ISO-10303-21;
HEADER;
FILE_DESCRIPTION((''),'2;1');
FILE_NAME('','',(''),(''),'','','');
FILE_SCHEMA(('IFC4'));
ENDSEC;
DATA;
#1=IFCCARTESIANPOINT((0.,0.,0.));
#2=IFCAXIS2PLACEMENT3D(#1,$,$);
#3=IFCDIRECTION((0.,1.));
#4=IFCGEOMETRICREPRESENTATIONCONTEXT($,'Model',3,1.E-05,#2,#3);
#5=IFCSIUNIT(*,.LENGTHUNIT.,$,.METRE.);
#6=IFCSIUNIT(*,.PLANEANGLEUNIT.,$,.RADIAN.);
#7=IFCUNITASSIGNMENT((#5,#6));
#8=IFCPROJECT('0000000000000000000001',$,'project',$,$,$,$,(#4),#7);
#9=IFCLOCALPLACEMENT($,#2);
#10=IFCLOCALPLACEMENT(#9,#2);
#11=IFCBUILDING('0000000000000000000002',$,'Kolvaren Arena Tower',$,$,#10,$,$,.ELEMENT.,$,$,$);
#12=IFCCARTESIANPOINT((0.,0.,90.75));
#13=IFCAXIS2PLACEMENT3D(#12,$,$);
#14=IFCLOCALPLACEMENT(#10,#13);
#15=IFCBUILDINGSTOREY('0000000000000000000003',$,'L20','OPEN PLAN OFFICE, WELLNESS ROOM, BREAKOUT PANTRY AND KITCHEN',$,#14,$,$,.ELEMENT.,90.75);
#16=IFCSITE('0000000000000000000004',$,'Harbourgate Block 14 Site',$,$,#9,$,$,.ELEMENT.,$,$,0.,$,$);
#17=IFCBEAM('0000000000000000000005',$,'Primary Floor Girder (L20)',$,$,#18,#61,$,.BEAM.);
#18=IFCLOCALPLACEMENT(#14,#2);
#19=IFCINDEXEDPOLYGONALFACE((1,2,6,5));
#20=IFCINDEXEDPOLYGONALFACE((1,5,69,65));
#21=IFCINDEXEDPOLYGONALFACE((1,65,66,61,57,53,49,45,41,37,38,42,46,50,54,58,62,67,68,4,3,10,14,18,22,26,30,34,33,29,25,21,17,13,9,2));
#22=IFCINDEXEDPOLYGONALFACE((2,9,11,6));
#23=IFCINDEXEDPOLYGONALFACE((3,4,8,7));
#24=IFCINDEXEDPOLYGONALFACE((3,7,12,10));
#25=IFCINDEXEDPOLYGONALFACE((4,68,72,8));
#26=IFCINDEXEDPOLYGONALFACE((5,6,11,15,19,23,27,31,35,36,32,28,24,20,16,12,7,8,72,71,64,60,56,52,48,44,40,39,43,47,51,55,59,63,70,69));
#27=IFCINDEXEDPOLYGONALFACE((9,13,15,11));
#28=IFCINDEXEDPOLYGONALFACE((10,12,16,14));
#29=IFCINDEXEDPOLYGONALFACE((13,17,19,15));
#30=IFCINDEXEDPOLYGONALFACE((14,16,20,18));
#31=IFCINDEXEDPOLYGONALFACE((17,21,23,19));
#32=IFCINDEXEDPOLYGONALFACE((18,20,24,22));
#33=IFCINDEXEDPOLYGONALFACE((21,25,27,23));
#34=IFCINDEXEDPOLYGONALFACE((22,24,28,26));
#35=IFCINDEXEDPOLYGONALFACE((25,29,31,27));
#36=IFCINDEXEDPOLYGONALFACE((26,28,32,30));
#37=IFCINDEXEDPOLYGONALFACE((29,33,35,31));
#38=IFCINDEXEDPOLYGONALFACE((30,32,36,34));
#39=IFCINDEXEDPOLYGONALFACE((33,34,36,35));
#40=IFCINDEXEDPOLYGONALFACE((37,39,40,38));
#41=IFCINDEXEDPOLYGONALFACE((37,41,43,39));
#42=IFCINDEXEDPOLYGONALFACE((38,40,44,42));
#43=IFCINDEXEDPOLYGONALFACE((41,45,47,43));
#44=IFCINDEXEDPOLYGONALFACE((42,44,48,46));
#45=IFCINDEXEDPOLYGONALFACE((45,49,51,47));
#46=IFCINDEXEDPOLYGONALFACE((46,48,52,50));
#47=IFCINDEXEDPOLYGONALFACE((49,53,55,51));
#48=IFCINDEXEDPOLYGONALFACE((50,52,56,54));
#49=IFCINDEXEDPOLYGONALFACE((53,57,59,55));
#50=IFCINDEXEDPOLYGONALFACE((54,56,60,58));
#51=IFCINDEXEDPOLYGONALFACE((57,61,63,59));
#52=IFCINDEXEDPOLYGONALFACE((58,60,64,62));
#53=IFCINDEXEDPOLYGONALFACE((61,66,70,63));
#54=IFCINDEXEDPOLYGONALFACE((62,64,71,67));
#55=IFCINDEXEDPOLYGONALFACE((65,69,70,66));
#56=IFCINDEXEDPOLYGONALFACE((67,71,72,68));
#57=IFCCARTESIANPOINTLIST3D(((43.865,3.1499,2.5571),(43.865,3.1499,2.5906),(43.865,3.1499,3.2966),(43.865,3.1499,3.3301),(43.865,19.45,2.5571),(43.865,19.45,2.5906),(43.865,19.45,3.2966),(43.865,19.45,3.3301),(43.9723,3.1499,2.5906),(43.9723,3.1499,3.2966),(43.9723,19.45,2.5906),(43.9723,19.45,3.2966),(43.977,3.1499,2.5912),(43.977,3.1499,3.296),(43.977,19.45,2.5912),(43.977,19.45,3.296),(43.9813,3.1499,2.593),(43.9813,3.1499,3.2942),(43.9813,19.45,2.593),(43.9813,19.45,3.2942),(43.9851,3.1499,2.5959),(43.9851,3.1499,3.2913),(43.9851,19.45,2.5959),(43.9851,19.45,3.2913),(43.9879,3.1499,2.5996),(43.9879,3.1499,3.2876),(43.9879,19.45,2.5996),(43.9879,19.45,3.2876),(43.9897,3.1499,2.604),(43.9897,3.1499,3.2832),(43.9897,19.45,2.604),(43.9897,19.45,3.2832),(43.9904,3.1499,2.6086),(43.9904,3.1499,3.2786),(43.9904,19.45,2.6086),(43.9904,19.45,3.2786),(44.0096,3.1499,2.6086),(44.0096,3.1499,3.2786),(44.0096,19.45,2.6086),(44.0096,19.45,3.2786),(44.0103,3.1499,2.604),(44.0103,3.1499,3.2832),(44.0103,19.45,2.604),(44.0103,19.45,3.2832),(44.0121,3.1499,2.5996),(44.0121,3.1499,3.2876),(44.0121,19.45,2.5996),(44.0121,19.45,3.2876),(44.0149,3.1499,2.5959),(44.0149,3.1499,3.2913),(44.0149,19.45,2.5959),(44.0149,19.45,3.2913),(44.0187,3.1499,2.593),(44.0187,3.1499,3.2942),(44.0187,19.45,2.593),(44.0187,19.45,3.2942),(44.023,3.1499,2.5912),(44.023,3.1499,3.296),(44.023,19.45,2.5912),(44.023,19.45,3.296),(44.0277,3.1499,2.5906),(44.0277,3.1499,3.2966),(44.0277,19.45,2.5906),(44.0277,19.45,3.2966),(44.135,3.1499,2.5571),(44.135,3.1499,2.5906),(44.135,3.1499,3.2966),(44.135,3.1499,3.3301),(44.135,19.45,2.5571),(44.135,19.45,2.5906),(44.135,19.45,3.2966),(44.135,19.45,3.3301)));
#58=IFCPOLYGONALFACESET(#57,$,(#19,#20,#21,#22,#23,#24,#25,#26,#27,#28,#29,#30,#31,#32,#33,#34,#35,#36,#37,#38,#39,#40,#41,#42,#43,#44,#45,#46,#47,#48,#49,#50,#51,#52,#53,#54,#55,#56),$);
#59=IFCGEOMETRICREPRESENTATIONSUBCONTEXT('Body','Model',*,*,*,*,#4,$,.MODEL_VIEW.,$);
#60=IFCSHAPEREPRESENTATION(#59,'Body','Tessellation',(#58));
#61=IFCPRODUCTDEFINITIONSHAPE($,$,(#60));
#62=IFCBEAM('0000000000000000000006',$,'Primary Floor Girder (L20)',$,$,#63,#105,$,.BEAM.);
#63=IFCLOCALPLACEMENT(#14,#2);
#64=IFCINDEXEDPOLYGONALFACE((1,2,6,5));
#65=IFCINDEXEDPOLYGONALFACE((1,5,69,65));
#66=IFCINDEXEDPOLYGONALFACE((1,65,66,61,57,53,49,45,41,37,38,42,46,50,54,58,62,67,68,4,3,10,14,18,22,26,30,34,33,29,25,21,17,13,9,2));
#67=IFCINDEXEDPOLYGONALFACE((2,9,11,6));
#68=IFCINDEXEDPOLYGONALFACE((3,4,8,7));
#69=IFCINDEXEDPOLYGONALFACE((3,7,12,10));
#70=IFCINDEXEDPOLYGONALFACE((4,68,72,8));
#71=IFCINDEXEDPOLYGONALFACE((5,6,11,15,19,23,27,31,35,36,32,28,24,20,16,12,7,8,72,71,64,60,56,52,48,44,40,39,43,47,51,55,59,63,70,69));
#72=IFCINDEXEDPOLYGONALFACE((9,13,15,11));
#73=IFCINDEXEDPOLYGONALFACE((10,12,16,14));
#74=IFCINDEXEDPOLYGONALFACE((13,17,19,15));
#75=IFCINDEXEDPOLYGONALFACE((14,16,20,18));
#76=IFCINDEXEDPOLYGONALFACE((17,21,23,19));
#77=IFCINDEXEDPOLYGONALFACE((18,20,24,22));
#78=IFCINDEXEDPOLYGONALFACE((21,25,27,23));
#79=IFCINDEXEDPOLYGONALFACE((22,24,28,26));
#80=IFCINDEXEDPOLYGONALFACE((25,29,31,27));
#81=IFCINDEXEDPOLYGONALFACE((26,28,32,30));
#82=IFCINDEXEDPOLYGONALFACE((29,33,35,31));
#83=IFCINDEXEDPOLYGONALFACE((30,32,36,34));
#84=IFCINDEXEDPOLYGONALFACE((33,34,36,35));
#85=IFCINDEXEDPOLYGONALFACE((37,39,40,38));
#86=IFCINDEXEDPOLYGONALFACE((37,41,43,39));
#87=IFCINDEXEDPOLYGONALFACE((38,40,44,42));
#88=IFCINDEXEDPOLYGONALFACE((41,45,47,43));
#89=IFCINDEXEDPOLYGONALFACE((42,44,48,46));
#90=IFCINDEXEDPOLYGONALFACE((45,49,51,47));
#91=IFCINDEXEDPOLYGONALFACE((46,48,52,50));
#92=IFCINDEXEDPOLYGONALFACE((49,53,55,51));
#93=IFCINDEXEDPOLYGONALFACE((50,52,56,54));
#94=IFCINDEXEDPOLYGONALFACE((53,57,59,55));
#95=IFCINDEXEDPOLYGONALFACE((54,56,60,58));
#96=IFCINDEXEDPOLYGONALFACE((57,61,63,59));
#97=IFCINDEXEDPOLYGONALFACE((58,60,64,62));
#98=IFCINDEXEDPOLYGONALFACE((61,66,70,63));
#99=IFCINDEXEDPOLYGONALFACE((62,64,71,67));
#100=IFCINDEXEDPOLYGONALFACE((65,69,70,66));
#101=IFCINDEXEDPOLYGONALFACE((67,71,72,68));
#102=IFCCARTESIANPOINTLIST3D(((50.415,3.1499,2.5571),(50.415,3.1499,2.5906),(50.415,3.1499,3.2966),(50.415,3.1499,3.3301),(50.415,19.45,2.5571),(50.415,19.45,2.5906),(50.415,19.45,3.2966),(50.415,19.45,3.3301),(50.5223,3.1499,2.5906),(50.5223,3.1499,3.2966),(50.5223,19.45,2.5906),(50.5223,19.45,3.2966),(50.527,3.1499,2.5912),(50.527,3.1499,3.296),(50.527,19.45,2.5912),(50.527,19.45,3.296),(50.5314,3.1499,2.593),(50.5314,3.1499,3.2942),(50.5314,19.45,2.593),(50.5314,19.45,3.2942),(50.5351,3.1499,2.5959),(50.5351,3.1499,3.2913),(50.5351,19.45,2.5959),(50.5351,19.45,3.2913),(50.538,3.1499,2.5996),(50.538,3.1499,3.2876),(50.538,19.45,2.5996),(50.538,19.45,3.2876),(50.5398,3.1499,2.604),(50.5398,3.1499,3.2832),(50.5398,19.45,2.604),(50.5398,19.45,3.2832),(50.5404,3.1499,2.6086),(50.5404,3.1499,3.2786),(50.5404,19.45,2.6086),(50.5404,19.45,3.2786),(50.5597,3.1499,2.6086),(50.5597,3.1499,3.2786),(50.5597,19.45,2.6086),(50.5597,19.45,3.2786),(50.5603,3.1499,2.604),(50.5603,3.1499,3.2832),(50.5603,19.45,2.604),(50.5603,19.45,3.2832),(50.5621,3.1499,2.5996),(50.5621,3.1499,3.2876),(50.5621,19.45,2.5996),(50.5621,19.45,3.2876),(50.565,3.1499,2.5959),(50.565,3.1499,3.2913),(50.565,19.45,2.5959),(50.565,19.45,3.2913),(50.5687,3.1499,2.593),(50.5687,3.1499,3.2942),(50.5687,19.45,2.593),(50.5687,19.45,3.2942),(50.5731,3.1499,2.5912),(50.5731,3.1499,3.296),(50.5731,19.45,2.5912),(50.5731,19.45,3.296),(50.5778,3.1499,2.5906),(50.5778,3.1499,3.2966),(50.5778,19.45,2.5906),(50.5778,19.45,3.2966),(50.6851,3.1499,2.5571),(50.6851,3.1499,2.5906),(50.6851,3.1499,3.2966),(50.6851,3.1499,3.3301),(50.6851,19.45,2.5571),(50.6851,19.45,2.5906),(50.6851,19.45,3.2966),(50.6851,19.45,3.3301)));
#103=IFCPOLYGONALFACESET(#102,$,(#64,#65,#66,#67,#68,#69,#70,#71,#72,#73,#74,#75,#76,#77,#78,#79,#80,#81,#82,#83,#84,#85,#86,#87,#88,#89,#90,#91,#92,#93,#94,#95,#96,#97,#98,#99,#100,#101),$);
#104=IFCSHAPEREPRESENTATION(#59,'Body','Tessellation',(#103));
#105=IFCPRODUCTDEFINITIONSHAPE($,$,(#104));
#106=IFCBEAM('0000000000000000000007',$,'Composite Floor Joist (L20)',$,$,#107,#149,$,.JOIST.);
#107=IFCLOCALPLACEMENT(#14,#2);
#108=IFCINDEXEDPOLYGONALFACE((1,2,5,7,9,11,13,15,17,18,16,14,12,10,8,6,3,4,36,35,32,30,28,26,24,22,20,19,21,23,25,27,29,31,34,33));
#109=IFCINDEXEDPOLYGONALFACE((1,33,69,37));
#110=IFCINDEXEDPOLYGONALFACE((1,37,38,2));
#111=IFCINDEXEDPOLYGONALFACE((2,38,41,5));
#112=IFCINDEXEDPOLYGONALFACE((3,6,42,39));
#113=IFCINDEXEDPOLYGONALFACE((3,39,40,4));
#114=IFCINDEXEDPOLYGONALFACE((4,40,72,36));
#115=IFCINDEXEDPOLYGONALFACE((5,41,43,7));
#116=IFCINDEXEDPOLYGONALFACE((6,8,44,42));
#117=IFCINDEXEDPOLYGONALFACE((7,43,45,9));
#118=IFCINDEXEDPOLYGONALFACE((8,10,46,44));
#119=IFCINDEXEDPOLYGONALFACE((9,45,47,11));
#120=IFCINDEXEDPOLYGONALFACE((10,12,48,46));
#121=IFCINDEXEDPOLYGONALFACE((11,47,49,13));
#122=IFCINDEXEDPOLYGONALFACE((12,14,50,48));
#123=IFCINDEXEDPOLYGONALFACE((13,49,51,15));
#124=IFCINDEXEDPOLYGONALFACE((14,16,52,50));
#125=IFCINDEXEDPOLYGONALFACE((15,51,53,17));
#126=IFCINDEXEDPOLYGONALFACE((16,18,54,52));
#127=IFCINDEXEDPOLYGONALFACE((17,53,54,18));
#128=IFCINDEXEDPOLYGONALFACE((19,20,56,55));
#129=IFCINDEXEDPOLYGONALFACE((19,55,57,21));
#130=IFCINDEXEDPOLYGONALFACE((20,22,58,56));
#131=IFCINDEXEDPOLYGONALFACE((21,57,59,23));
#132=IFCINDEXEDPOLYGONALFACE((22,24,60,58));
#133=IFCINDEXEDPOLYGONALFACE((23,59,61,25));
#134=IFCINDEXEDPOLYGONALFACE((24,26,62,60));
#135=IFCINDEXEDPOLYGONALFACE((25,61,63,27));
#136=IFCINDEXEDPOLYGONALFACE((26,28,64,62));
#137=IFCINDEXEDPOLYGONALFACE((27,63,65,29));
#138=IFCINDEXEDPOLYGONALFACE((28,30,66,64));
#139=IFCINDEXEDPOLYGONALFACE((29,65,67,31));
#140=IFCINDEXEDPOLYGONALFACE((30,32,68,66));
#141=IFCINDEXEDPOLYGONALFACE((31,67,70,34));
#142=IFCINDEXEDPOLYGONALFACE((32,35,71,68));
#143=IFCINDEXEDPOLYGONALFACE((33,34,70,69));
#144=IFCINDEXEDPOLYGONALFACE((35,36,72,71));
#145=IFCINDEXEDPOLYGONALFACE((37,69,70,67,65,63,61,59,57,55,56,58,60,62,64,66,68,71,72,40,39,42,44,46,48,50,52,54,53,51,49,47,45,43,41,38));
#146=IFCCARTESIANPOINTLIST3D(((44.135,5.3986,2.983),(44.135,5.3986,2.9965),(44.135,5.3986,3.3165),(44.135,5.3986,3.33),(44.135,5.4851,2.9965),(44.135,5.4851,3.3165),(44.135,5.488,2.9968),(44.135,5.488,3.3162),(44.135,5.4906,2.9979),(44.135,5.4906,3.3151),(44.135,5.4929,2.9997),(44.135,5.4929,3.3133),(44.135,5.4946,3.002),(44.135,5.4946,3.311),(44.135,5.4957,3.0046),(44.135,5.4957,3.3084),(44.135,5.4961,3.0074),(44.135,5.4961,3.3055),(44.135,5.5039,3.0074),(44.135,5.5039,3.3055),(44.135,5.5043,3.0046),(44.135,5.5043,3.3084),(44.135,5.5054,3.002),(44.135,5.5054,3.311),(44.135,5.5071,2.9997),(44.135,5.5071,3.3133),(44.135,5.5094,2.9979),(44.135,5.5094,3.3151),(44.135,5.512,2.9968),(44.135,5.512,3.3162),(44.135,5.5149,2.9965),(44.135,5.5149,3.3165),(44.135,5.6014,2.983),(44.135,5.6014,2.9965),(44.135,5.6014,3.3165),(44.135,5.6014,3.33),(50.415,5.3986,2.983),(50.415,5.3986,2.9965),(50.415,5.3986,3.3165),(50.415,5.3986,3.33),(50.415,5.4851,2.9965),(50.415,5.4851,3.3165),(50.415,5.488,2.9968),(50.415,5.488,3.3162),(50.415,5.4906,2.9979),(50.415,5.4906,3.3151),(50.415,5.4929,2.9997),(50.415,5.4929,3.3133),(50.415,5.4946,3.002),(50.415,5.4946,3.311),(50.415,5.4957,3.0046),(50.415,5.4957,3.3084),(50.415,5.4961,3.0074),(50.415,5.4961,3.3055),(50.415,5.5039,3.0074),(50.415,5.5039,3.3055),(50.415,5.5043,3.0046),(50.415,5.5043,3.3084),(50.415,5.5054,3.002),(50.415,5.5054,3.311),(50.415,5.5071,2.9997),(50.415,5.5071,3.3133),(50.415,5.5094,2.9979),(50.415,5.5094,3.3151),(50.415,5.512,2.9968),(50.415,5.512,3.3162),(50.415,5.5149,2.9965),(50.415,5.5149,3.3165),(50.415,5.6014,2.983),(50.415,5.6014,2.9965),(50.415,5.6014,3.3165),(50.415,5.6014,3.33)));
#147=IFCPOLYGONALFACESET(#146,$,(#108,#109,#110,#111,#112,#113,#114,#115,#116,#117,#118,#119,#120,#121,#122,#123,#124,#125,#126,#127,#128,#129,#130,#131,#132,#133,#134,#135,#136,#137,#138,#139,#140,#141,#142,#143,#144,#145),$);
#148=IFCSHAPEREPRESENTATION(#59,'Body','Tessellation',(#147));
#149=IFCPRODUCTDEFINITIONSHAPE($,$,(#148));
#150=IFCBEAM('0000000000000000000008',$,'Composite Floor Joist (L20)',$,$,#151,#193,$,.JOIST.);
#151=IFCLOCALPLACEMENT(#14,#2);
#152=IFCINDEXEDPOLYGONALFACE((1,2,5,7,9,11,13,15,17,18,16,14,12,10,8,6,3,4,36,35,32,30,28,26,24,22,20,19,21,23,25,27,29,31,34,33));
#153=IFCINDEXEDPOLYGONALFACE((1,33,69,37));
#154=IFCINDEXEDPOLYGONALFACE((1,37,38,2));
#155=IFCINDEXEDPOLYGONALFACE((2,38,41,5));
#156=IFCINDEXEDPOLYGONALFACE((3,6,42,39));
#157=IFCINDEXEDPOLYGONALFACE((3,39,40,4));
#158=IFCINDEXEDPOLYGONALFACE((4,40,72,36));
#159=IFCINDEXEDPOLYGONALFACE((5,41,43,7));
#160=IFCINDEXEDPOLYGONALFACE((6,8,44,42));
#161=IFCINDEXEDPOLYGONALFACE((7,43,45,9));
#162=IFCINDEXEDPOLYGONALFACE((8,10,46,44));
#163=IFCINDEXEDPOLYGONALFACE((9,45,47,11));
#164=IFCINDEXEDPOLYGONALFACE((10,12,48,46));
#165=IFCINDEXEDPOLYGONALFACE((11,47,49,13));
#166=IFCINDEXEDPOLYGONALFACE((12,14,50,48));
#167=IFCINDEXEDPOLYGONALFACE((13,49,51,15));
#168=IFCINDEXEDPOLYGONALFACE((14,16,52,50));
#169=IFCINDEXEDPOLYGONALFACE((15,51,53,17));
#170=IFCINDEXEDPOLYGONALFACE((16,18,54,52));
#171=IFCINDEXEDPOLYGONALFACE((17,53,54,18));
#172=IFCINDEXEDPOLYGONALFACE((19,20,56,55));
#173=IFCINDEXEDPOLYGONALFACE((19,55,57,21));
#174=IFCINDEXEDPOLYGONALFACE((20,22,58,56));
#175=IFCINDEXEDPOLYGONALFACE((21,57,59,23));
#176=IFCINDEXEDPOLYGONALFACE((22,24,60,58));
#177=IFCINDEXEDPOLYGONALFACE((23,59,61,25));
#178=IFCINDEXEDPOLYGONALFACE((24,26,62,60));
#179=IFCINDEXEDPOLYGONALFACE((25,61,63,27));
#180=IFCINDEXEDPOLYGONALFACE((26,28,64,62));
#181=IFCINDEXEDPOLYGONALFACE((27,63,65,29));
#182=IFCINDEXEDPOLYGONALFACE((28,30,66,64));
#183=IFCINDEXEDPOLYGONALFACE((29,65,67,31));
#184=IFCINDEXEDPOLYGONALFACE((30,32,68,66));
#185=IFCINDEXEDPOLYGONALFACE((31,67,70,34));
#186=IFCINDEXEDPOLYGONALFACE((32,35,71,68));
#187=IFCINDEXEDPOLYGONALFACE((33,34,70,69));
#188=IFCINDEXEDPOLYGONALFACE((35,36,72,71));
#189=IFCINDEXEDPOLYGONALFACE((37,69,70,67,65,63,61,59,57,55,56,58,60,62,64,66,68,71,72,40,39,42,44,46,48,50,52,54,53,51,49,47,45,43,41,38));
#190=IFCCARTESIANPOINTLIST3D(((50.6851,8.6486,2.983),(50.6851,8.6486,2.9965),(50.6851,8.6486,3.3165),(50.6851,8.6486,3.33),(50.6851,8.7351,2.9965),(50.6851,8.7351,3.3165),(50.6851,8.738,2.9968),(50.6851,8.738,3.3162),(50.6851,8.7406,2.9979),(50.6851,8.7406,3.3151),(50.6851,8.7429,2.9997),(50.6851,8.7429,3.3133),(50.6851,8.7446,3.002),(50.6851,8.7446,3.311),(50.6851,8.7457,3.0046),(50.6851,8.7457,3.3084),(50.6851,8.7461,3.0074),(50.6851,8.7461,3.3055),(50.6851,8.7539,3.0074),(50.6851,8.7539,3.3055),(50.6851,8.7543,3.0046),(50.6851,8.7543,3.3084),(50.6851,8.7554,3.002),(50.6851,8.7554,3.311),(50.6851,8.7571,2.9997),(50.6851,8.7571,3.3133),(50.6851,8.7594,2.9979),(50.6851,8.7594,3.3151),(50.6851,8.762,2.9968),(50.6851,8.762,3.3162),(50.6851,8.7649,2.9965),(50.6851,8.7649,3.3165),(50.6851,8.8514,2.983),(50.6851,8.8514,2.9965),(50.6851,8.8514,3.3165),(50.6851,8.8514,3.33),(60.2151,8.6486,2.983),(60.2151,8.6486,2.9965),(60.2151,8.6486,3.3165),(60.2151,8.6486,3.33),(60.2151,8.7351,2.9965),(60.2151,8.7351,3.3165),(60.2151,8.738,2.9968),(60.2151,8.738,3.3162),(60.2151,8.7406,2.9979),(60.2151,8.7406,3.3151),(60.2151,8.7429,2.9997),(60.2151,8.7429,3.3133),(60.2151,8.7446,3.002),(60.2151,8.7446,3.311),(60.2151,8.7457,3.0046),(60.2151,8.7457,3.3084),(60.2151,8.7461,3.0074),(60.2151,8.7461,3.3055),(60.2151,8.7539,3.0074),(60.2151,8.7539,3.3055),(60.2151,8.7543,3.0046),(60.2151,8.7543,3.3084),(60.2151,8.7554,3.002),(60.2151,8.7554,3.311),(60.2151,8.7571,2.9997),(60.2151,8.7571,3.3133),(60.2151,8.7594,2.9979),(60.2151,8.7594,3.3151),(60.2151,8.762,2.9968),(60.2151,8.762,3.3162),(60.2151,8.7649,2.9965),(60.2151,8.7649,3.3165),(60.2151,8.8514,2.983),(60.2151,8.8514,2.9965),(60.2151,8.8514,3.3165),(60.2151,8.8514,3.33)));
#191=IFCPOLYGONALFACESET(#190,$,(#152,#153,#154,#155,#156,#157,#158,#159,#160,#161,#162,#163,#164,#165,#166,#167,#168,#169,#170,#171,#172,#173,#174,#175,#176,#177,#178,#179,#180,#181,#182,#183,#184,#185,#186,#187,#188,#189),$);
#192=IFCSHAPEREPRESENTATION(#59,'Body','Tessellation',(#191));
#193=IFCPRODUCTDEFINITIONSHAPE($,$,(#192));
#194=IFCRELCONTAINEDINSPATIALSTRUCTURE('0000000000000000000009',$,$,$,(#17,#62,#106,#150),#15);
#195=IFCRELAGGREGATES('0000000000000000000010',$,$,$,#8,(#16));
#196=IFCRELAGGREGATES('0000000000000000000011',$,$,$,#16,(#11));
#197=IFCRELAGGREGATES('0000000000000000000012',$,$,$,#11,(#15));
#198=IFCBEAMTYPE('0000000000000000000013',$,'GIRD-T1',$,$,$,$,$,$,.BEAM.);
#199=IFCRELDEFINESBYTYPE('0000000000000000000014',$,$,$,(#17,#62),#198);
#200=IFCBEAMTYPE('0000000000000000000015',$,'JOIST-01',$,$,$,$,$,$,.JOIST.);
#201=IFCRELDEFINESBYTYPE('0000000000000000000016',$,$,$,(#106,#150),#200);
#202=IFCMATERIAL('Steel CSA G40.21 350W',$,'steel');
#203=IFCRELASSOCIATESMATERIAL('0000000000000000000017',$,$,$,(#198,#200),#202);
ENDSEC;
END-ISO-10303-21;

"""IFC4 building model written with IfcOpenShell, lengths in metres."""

from ifc_helpers import new_model, si_unit, direction, frame, origin, origin_2d, place, context, subcontext, project, spatial, i_section, extrude, material, material_profile, profile_set, type_object, element, save


model = new_model("IFC4")

# Units and contexts
model_context = context("Model", 3, precision=1e-05, world=origin(), true_north=direction((0.0, 1.0)))
body_context = subcontext(model_context, "Body", "Model", "MODEL_VIEW")
ifc_project = project(units=[si_unit("LENGTHUNIT", "METRE"), si_unit("PLANEANGLEUNIT", "RADIAN")], contexts=[model_context])

# Site, building, storey
site_placement = place(None, origin())
site = spatial("IfcSite", under=ifc_project, at=site_placement, Name="Harbourgate Block 14 Site", CompositionType="ELEMENT", RefElevation=0.0)
building_placement = place(site_placement, origin())
building = spatial("IfcBuilding", under=site, at=building_placement, Name="Kolvaren Arena Tower", CompositionType="ELEMENT")
storey_placement = place(building_placement, frame((0.0, 0.0, 90.75)))
storey = spatial("IfcBuildingStorey", under=building, at=storey_placement, Name="L20", Description="OPEN PLAN OFFICE, WELLNESS ROOM, BREAKOUT PANTRY AND KITCHEN", CompositionType="ELEMENT", Elevation=90.75)

# Beams
ifc_material_1 = material(Name="Steel CSA G40.21 350W", Category="steel")
ifc_material_profile_1 = material_profile(ifc_material_1, i_section(OverallWidth=0.27, OverallDepth=0.7729, WebThickness=0.0193, FlangeThickness=0.0334, FilletRadius=0.0181, at=origin_2d()), Name="W760x257")
ifc_profile_set_1 = profile_set([ifc_material_profile_1], Name="Steel CSA G40.21 350W")
beam_type_1 = type_object("IfcBeamType", Name="GIRD-T1", PredefinedType="BEAM", material=ifc_profile_set_1)
for number, where, z_axis, x_axis, name in (
    (1, (44.0, 3.1499, 2.9436), (0.0, 1.0, 0.0), (-1.0, 0.0, 0.0), "Primary Floor Girder (L20)"),
    (2, (50.55, 3.1499, 2.9436), (0.0, 1.0, 0.0), (-1.0, 0.0, 0.0), "Primary Floor Girder (L20)"),
):
    element("IfcBeam", number, at=place(storey_placement, frame(where, z_axis=z_axis, x_axis=x_axis)), inside=storey, type_object=beam_type_1, Name=name, PredefinedType="BEAM", context=body_context, shape_type="SweptSolid", body=[
        extrude(i_section(OverallWidth=0.27, OverallDepth=0.7729, WebThickness=0.0193, FlangeThickness=0.0334, FilletRadius=0.0181, at=origin_2d()), origin(), (0.0, 0.0, 1.0), 16.3),
    ])
ifc_material_profile_2 = material_profile(ifc_material_1, i_section(OverallWidth=0.2029, OverallDepth=0.3469, WebThickness=0.0078, FlangeThickness=0.0134, FilletRadius=0.011, at=origin_2d()), Name="W360x64")
ifc_profile_set_2 = profile_set([ifc_material_profile_2], Name="Steel CSA G40.21 350W")
beam_type_2 = type_object("IfcBeamType", Name="JOIST-01", PredefinedType="JOIST", material=ifc_profile_set_2)
beam_1_placement = place(storey_placement, frame((44.135, 5.5, 3.1565), z_axis=(1.0, 0.0, 0.0), x_axis=(0.0, 1.0, 0.0)))
element("IfcBeam", 3, at=beam_1_placement, inside=storey, type_object=beam_type_2, Name="Composite Floor Joist (L20)", PredefinedType="JOIST", context=body_context, shape_type="SweptSolid", body=[
    extrude(i_section(OverallWidth=0.2029, OverallDepth=0.3469, WebThickness=0.0078, FlangeThickness=0.0134, FilletRadius=0.011, at=origin_2d()), origin(), (0.0, 0.0, 1.0), 6.28),
])
beam_2_placement = place(storey_placement, frame((50.6851, 8.75, 3.1565), z_axis=(1.0, 0.0, 0.0), x_axis=(0.0, 1.0, 0.0)))
element("IfcBeam", 4, at=beam_2_placement, inside=storey, type_object=beam_type_2, Name="Composite Floor Joist (L20)", PredefinedType="JOIST", context=body_context, shape_type="SweptSolid", body=[
    extrude(i_section(OverallWidth=0.2029, OverallDepth=0.3469, WebThickness=0.0078, FlangeThickness=0.0134, FilletRadius=0.011, at=origin_2d()), origin(), (0.0, 0.0, 1.0), 9.53),
])

save(model, "model.ifc")
